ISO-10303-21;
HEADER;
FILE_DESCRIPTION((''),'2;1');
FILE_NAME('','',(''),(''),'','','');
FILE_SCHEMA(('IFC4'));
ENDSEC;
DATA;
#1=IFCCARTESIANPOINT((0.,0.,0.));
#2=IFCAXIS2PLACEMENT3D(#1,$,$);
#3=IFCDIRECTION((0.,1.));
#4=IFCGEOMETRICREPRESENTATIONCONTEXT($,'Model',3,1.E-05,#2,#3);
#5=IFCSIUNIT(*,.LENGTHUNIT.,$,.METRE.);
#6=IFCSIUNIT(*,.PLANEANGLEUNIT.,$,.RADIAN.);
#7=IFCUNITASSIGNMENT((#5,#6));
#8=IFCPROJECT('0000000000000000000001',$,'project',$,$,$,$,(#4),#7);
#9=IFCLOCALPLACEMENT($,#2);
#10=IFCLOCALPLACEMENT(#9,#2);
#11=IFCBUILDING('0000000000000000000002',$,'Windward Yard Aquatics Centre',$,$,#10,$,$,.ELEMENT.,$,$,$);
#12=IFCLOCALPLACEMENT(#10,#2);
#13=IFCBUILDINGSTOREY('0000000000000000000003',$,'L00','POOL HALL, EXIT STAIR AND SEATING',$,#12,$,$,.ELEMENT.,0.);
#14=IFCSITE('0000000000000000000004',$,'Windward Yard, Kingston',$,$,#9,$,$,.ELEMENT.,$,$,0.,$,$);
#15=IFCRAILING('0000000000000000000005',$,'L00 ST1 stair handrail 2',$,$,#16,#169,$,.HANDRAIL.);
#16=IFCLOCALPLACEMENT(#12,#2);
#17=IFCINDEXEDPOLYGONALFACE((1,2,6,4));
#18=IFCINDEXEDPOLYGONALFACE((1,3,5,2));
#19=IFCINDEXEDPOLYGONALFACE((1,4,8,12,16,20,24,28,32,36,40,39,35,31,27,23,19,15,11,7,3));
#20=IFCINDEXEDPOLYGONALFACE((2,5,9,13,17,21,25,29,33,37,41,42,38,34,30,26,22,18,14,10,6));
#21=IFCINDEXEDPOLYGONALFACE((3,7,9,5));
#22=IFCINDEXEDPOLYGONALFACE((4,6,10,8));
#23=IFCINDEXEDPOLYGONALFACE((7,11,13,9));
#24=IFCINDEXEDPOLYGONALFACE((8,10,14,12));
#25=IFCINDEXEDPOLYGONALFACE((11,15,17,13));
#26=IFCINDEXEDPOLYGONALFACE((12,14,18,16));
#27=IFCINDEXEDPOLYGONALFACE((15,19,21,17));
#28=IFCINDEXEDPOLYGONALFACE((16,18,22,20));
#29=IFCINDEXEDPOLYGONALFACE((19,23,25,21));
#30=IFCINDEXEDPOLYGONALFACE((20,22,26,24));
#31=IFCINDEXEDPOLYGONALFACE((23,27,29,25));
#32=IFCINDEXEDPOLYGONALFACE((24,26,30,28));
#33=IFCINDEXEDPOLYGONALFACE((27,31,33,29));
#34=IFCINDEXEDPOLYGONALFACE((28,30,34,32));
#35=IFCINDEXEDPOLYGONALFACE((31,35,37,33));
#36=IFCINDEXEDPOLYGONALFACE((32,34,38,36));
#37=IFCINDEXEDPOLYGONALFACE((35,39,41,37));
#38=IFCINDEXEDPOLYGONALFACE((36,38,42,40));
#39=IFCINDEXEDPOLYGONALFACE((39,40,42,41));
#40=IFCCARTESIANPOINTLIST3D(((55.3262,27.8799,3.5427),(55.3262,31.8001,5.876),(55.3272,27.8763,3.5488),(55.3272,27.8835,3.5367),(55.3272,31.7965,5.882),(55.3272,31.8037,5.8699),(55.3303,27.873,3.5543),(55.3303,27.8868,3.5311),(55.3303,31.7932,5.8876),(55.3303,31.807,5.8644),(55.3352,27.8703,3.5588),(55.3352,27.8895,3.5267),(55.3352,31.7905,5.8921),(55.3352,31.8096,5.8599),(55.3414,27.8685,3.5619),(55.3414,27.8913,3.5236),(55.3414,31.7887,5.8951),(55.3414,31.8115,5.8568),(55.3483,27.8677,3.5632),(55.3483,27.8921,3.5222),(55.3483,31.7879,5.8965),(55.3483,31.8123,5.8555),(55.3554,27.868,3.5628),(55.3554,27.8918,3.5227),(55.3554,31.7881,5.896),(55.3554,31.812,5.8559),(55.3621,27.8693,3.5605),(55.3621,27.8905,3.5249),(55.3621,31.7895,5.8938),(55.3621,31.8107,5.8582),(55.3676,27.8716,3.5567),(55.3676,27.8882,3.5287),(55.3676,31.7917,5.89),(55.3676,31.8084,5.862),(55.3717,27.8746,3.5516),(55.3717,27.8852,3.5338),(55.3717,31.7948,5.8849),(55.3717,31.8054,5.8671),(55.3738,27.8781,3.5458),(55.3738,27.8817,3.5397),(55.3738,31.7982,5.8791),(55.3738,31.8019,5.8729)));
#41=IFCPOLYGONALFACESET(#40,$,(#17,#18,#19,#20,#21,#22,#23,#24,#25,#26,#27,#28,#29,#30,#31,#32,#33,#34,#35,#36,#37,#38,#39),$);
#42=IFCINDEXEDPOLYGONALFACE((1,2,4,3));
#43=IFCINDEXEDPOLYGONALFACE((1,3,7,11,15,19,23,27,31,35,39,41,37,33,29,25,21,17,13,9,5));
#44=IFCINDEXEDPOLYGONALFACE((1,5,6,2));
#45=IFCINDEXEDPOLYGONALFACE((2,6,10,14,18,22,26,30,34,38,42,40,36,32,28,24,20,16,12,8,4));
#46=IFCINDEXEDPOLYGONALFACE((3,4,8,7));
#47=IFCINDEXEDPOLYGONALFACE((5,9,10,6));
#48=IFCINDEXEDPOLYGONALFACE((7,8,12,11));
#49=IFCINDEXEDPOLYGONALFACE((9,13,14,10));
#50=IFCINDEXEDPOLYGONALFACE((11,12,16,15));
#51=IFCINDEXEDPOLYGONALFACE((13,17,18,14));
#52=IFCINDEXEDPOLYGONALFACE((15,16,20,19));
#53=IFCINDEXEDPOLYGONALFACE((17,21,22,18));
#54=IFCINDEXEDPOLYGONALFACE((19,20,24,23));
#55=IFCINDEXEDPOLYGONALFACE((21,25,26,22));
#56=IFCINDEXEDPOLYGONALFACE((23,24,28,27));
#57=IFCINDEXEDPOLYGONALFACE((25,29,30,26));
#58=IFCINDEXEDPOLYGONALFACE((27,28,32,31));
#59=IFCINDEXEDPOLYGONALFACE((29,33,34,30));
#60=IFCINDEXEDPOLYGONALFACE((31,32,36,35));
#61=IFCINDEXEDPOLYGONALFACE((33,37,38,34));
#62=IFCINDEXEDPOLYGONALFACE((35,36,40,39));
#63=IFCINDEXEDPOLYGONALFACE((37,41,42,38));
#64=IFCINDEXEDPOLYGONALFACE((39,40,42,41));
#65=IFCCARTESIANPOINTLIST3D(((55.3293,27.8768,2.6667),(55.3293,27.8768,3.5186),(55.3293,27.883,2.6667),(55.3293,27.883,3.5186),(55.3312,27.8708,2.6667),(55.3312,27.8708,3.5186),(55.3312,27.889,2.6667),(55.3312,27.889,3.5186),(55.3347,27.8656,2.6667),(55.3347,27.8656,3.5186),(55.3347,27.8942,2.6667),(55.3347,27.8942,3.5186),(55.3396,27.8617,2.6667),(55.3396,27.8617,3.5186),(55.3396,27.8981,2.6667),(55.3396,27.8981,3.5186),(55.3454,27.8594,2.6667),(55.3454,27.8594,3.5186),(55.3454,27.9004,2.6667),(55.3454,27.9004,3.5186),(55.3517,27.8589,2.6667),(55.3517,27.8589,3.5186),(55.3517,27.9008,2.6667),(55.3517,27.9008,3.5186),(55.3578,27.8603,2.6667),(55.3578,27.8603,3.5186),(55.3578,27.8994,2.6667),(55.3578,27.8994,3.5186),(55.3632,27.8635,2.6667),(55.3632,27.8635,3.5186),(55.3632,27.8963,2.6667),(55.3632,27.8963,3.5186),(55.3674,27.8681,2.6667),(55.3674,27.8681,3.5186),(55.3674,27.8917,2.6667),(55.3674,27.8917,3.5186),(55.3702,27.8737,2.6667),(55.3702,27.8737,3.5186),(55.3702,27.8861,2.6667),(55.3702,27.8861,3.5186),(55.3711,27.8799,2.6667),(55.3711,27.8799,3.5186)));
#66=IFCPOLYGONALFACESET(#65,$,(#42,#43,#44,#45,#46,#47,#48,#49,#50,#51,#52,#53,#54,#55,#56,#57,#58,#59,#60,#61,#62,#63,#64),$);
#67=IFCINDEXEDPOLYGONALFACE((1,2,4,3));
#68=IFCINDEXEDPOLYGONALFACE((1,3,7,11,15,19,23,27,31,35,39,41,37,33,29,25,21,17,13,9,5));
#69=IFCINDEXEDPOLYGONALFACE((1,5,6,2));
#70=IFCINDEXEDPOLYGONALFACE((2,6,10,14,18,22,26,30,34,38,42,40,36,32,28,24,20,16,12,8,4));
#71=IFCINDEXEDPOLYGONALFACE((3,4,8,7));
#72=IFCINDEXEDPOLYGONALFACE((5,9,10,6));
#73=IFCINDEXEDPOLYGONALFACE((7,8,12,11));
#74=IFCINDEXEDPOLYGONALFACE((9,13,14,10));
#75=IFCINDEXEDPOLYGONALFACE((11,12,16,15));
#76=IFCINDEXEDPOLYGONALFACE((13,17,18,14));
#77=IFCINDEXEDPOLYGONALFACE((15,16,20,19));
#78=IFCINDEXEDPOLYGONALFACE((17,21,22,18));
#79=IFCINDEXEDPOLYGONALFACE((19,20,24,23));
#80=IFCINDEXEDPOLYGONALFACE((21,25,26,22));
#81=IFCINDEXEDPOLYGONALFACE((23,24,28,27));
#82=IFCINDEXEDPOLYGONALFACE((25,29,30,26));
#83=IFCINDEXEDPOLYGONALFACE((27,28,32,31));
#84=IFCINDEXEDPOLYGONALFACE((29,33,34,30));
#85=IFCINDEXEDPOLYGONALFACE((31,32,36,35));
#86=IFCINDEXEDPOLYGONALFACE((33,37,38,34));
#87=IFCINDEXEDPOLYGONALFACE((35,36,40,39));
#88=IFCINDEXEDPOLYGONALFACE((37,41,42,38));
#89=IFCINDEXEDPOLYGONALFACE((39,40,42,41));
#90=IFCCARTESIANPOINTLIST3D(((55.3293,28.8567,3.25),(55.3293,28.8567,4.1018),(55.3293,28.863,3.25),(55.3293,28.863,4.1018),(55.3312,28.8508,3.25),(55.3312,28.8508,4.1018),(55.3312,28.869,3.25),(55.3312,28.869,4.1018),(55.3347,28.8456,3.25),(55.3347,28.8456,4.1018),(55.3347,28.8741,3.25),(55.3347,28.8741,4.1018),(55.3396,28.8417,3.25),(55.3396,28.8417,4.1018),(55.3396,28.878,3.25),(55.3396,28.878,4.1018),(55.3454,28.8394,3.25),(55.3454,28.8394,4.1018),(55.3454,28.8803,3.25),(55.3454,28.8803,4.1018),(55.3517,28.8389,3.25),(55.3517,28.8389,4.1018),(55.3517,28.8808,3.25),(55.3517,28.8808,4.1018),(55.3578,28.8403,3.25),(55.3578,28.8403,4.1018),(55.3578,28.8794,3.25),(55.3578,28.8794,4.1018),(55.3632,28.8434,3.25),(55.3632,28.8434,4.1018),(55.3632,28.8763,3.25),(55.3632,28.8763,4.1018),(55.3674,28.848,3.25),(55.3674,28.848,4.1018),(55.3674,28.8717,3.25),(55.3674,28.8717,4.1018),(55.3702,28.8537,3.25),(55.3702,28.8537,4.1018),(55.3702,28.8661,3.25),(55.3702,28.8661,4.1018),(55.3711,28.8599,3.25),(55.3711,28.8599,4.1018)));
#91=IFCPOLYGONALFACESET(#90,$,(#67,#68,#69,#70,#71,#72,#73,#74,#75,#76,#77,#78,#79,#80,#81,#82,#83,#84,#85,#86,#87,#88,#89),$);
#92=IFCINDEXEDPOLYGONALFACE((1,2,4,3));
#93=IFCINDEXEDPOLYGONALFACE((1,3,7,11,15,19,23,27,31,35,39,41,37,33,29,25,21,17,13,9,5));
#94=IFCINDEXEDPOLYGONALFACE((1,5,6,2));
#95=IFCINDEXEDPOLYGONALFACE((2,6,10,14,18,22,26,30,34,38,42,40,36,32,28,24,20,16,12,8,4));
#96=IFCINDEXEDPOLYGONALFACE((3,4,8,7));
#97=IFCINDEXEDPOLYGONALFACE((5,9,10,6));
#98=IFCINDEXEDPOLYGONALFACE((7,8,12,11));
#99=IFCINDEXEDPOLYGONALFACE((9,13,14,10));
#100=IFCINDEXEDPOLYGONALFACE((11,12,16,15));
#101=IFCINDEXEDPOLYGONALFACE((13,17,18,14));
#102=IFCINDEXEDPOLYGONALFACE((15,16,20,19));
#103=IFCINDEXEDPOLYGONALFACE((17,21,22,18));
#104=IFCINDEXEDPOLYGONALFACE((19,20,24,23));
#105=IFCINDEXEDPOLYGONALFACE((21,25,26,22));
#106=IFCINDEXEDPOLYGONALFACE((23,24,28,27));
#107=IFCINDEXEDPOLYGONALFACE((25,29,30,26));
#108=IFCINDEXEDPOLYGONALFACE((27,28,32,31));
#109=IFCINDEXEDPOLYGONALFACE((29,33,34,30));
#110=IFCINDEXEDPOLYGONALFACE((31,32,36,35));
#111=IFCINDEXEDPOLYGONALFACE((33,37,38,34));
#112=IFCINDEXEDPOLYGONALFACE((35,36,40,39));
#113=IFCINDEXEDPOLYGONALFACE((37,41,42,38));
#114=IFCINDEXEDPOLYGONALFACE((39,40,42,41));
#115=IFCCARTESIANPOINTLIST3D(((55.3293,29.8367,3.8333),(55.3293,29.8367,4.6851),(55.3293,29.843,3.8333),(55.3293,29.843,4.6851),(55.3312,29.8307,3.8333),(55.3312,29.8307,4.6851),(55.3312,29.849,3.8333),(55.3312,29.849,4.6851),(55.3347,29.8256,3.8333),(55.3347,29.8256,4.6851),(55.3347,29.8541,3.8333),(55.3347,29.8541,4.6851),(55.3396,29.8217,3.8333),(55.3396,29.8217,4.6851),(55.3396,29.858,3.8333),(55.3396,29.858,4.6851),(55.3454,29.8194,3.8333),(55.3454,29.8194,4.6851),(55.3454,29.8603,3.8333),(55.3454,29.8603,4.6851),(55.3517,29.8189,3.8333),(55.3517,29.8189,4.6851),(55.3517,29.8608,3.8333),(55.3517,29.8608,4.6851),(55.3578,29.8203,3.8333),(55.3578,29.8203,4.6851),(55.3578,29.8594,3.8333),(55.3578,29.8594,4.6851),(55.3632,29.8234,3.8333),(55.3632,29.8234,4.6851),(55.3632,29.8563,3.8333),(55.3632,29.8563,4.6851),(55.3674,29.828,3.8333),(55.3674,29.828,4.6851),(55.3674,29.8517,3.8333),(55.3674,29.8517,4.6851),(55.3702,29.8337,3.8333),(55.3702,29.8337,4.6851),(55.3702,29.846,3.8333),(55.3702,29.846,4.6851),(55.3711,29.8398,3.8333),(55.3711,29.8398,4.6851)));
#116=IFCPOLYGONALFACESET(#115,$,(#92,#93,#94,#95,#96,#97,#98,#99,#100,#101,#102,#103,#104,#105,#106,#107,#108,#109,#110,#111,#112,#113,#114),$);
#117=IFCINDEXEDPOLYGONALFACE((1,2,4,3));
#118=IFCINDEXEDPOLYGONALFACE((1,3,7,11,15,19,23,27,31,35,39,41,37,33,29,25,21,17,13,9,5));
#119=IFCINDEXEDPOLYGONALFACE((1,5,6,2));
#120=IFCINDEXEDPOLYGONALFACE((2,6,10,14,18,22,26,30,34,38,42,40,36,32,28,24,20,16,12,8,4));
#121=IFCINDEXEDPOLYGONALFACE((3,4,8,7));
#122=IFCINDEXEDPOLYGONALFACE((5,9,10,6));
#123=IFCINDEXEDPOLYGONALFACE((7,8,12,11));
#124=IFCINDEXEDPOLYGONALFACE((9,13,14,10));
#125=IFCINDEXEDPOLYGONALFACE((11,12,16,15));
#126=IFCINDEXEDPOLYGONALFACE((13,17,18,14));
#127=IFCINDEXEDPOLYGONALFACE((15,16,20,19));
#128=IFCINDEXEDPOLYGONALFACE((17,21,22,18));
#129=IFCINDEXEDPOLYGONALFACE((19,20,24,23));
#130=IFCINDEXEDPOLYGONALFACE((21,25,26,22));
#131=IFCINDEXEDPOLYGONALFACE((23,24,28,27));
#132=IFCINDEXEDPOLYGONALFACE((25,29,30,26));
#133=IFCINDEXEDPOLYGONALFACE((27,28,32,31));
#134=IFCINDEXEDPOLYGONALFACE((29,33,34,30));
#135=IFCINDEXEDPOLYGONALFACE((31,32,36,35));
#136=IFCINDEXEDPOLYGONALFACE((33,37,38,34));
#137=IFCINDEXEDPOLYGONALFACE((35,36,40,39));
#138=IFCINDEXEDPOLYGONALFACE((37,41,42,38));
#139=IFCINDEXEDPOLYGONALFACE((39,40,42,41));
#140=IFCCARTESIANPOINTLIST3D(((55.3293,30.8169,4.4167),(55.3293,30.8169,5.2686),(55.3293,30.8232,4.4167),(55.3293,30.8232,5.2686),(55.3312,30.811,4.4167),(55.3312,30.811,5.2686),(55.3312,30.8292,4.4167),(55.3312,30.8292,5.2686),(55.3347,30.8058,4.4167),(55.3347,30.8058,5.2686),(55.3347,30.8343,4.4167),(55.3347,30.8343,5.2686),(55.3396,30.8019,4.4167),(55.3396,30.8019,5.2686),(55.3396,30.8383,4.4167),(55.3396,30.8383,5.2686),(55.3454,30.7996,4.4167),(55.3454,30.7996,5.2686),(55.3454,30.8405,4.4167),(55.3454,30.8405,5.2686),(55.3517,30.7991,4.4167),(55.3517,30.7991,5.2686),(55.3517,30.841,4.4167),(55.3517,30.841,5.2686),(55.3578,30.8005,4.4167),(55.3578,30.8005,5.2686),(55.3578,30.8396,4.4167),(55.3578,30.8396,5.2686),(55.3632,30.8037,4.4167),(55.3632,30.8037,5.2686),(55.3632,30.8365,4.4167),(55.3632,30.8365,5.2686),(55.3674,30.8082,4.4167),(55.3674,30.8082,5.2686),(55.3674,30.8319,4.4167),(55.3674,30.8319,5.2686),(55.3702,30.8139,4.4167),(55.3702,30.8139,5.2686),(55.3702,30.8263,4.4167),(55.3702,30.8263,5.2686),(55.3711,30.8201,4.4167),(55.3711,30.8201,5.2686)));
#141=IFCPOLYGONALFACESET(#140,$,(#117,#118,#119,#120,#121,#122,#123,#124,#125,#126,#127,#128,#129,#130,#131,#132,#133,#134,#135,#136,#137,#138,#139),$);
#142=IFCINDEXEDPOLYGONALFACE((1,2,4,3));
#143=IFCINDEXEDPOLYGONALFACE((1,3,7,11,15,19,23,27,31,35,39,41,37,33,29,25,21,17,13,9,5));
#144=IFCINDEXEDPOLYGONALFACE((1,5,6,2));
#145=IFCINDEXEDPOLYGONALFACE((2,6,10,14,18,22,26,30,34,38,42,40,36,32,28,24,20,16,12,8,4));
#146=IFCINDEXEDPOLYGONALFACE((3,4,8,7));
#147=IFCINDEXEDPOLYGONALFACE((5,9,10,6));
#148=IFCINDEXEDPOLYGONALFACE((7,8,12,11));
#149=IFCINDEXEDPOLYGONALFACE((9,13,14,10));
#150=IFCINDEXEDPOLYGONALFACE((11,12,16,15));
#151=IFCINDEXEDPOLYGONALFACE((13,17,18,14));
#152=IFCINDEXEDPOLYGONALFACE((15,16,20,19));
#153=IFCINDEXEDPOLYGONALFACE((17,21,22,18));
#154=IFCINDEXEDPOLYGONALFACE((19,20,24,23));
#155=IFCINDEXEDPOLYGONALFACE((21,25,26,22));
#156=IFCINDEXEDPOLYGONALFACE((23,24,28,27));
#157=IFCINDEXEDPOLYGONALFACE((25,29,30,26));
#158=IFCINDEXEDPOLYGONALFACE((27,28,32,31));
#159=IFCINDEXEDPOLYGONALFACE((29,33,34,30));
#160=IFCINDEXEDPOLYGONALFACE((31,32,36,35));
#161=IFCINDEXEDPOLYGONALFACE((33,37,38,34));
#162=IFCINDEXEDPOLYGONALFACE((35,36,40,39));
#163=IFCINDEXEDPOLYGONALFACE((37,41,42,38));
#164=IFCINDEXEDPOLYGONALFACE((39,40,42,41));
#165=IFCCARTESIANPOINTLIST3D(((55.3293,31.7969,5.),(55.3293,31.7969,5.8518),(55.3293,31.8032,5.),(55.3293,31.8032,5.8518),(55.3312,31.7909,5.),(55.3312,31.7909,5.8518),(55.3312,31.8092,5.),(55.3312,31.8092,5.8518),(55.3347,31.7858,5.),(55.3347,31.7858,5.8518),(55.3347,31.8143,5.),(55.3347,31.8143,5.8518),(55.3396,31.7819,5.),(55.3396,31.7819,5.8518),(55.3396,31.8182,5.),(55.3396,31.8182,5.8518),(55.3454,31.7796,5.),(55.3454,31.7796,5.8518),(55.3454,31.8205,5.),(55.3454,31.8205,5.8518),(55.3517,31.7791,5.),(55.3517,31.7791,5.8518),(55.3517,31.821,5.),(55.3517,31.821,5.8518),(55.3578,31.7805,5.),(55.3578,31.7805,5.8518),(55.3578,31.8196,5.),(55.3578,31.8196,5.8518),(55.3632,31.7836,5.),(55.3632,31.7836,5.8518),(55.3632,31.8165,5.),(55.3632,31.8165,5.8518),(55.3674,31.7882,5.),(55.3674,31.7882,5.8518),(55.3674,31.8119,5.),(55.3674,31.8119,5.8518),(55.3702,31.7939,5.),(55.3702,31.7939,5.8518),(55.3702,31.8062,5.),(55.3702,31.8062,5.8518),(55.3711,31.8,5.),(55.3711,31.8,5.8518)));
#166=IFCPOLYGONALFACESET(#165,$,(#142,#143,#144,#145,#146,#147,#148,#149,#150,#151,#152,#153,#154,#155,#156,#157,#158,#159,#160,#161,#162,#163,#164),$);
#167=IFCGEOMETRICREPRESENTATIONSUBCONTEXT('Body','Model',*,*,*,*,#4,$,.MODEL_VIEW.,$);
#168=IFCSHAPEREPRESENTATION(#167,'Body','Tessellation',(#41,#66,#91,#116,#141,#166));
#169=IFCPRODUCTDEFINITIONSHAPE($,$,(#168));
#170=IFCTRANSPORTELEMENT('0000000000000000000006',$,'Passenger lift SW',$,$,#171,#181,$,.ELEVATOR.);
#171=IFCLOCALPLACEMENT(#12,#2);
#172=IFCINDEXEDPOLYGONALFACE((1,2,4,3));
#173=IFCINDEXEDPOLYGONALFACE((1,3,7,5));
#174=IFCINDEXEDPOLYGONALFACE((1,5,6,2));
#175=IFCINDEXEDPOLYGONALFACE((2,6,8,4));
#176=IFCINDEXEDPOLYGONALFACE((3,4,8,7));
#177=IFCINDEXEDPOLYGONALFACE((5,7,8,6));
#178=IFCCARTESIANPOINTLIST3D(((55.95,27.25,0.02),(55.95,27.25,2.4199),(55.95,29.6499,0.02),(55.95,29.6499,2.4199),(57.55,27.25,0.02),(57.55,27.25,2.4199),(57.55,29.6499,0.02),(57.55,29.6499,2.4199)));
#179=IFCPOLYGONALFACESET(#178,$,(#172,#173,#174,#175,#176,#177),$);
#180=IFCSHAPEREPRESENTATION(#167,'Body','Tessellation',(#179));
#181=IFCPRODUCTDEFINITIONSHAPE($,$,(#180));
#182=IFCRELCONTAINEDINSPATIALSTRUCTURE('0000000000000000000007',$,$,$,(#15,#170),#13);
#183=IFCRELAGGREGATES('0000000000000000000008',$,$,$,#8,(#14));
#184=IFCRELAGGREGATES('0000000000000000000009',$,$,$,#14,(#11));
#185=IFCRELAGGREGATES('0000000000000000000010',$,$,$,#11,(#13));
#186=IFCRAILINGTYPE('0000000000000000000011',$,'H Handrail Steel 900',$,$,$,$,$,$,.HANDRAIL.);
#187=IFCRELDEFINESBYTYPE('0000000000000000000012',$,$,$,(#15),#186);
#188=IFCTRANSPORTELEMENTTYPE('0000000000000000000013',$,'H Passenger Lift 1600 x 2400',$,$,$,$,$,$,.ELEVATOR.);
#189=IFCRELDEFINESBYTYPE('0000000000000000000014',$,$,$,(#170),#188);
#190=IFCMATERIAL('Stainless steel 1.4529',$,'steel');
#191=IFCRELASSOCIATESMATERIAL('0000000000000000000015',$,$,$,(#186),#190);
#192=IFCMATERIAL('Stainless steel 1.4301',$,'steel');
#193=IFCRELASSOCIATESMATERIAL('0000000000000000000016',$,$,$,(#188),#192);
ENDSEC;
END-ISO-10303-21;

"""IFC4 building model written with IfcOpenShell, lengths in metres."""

from ifc_helpers import new_model, si_unit, direction, frame, origin, origin_2d, place, context, subcontext, project, spatial, rectangle, circle, extrude, material, type_object, element, save


model = new_model("IFC4")

# Units and contexts
model_context = context("Model", 3, precision=1e-05, world=origin(), true_north=direction((0.0, 1.0)))
body_context = subcontext(model_context, "Body", "Model", "MODEL_VIEW")
ifc_project = project(units=[si_unit("LENGTHUNIT", "METRE"), si_unit("PLANEANGLEUNIT", "RADIAN")], contexts=[model_context])

# Site, building, storey
site_placement = place(None, origin())
site = spatial("IfcSite", under=ifc_project, at=site_placement, Name="Windward Yard, Kingston", CompositionType="ELEMENT", RefElevation=0.0)
building_placement = place(site_placement, origin())
building = spatial("IfcBuilding", under=site, at=building_placement, Name="Windward Yard Aquatics Centre", CompositionType="ELEMENT")
storey_placement = place(building_placement, origin())
storey = spatial("IfcBuildingStorey", under=building, at=storey_placement, Name="L00", Description="POOL HALL, EXIT STAIR AND SEATING", CompositionType="ELEMENT", Elevation=0.0)

# Railing
ifc_material_1 = material(Name="Stainless steel 1.4529", Category="steel")
railing_type_1 = type_object("IfcRailingType", Name="H Handrail Steel 900", PredefinedType="HANDRAIL", material=ifc_material_1)
railing_1_placement = place(storey_placement, frame((55.3501, 27.8799, 2.6667)))
element("IfcRailing", 1, at=railing_1_placement, inside=storey, type_object=railing_type_1, Name="L00 ST1 stair handrail 2", PredefinedType="HANDRAIL", context=body_context, shape_type="SweptSolid", body=[
    extrude(circle(Radius=0.0239, at=origin_2d()), frame((0.0, 0.0, 0.876), z_axis=(0.0, 0.85931, 0.511455), x_axis=(-1.0, 0.0, 0.0)), (0.0, 0.0, 1.0), 4.562),
    extrude(circle(Radius=0.021, at=origin_2d()), origin(), (0.0, 0.0, 1.0), 0.8518),
    extrude(circle(Radius=0.021, at=origin_2d()), frame((0.0, 0.98, 0.5833)), (0.0, 0.0, 1.0), 0.8518),
    extrude(circle(Radius=0.021, at=origin_2d()), frame((0.0, 1.96, 1.1665)), (0.0, 0.0, 1.0), 0.8518),
    extrude(circle(Radius=0.021, at=origin_2d()), frame((0.0, 2.9402, 1.75)), (0.0, 0.0, 1.0), 0.8518),
    extrude(circle(Radius=0.021, at=origin_2d()), frame((0.0, 3.9202, 2.3333)), (0.0, 0.0, 1.0), 0.8518),
])

# Transport element
ifc_material_2 = material(Name="Stainless steel 1.4301", Category="steel")
transport_element_type = type_object("IfcTransportElementType", Name="H Passenger Lift 1600 x 2400", PredefinedType="ELEVATOR", material=ifc_material_2)
transport_element_placement = place(storey_placement, frame((56.75, 28.45, 0.02), z_axis=(0.0, 0.0, 1.0), x_axis=(1.0, 0.0, 0.0)))
element("IfcTransportElement", 2, at=transport_element_placement, inside=storey, type_object=transport_element_type, Name="Passenger lift SW", PredefinedType="ELEVATOR", context=body_context, shape_type="SweptSolid", body=[
    extrude(rectangle(XDim=1.6001, YDim=2.3999, at=origin_2d()), origin(), (0.0, 0.0, 1.0), 2.3999),
])

save(model, "model.ifc")
